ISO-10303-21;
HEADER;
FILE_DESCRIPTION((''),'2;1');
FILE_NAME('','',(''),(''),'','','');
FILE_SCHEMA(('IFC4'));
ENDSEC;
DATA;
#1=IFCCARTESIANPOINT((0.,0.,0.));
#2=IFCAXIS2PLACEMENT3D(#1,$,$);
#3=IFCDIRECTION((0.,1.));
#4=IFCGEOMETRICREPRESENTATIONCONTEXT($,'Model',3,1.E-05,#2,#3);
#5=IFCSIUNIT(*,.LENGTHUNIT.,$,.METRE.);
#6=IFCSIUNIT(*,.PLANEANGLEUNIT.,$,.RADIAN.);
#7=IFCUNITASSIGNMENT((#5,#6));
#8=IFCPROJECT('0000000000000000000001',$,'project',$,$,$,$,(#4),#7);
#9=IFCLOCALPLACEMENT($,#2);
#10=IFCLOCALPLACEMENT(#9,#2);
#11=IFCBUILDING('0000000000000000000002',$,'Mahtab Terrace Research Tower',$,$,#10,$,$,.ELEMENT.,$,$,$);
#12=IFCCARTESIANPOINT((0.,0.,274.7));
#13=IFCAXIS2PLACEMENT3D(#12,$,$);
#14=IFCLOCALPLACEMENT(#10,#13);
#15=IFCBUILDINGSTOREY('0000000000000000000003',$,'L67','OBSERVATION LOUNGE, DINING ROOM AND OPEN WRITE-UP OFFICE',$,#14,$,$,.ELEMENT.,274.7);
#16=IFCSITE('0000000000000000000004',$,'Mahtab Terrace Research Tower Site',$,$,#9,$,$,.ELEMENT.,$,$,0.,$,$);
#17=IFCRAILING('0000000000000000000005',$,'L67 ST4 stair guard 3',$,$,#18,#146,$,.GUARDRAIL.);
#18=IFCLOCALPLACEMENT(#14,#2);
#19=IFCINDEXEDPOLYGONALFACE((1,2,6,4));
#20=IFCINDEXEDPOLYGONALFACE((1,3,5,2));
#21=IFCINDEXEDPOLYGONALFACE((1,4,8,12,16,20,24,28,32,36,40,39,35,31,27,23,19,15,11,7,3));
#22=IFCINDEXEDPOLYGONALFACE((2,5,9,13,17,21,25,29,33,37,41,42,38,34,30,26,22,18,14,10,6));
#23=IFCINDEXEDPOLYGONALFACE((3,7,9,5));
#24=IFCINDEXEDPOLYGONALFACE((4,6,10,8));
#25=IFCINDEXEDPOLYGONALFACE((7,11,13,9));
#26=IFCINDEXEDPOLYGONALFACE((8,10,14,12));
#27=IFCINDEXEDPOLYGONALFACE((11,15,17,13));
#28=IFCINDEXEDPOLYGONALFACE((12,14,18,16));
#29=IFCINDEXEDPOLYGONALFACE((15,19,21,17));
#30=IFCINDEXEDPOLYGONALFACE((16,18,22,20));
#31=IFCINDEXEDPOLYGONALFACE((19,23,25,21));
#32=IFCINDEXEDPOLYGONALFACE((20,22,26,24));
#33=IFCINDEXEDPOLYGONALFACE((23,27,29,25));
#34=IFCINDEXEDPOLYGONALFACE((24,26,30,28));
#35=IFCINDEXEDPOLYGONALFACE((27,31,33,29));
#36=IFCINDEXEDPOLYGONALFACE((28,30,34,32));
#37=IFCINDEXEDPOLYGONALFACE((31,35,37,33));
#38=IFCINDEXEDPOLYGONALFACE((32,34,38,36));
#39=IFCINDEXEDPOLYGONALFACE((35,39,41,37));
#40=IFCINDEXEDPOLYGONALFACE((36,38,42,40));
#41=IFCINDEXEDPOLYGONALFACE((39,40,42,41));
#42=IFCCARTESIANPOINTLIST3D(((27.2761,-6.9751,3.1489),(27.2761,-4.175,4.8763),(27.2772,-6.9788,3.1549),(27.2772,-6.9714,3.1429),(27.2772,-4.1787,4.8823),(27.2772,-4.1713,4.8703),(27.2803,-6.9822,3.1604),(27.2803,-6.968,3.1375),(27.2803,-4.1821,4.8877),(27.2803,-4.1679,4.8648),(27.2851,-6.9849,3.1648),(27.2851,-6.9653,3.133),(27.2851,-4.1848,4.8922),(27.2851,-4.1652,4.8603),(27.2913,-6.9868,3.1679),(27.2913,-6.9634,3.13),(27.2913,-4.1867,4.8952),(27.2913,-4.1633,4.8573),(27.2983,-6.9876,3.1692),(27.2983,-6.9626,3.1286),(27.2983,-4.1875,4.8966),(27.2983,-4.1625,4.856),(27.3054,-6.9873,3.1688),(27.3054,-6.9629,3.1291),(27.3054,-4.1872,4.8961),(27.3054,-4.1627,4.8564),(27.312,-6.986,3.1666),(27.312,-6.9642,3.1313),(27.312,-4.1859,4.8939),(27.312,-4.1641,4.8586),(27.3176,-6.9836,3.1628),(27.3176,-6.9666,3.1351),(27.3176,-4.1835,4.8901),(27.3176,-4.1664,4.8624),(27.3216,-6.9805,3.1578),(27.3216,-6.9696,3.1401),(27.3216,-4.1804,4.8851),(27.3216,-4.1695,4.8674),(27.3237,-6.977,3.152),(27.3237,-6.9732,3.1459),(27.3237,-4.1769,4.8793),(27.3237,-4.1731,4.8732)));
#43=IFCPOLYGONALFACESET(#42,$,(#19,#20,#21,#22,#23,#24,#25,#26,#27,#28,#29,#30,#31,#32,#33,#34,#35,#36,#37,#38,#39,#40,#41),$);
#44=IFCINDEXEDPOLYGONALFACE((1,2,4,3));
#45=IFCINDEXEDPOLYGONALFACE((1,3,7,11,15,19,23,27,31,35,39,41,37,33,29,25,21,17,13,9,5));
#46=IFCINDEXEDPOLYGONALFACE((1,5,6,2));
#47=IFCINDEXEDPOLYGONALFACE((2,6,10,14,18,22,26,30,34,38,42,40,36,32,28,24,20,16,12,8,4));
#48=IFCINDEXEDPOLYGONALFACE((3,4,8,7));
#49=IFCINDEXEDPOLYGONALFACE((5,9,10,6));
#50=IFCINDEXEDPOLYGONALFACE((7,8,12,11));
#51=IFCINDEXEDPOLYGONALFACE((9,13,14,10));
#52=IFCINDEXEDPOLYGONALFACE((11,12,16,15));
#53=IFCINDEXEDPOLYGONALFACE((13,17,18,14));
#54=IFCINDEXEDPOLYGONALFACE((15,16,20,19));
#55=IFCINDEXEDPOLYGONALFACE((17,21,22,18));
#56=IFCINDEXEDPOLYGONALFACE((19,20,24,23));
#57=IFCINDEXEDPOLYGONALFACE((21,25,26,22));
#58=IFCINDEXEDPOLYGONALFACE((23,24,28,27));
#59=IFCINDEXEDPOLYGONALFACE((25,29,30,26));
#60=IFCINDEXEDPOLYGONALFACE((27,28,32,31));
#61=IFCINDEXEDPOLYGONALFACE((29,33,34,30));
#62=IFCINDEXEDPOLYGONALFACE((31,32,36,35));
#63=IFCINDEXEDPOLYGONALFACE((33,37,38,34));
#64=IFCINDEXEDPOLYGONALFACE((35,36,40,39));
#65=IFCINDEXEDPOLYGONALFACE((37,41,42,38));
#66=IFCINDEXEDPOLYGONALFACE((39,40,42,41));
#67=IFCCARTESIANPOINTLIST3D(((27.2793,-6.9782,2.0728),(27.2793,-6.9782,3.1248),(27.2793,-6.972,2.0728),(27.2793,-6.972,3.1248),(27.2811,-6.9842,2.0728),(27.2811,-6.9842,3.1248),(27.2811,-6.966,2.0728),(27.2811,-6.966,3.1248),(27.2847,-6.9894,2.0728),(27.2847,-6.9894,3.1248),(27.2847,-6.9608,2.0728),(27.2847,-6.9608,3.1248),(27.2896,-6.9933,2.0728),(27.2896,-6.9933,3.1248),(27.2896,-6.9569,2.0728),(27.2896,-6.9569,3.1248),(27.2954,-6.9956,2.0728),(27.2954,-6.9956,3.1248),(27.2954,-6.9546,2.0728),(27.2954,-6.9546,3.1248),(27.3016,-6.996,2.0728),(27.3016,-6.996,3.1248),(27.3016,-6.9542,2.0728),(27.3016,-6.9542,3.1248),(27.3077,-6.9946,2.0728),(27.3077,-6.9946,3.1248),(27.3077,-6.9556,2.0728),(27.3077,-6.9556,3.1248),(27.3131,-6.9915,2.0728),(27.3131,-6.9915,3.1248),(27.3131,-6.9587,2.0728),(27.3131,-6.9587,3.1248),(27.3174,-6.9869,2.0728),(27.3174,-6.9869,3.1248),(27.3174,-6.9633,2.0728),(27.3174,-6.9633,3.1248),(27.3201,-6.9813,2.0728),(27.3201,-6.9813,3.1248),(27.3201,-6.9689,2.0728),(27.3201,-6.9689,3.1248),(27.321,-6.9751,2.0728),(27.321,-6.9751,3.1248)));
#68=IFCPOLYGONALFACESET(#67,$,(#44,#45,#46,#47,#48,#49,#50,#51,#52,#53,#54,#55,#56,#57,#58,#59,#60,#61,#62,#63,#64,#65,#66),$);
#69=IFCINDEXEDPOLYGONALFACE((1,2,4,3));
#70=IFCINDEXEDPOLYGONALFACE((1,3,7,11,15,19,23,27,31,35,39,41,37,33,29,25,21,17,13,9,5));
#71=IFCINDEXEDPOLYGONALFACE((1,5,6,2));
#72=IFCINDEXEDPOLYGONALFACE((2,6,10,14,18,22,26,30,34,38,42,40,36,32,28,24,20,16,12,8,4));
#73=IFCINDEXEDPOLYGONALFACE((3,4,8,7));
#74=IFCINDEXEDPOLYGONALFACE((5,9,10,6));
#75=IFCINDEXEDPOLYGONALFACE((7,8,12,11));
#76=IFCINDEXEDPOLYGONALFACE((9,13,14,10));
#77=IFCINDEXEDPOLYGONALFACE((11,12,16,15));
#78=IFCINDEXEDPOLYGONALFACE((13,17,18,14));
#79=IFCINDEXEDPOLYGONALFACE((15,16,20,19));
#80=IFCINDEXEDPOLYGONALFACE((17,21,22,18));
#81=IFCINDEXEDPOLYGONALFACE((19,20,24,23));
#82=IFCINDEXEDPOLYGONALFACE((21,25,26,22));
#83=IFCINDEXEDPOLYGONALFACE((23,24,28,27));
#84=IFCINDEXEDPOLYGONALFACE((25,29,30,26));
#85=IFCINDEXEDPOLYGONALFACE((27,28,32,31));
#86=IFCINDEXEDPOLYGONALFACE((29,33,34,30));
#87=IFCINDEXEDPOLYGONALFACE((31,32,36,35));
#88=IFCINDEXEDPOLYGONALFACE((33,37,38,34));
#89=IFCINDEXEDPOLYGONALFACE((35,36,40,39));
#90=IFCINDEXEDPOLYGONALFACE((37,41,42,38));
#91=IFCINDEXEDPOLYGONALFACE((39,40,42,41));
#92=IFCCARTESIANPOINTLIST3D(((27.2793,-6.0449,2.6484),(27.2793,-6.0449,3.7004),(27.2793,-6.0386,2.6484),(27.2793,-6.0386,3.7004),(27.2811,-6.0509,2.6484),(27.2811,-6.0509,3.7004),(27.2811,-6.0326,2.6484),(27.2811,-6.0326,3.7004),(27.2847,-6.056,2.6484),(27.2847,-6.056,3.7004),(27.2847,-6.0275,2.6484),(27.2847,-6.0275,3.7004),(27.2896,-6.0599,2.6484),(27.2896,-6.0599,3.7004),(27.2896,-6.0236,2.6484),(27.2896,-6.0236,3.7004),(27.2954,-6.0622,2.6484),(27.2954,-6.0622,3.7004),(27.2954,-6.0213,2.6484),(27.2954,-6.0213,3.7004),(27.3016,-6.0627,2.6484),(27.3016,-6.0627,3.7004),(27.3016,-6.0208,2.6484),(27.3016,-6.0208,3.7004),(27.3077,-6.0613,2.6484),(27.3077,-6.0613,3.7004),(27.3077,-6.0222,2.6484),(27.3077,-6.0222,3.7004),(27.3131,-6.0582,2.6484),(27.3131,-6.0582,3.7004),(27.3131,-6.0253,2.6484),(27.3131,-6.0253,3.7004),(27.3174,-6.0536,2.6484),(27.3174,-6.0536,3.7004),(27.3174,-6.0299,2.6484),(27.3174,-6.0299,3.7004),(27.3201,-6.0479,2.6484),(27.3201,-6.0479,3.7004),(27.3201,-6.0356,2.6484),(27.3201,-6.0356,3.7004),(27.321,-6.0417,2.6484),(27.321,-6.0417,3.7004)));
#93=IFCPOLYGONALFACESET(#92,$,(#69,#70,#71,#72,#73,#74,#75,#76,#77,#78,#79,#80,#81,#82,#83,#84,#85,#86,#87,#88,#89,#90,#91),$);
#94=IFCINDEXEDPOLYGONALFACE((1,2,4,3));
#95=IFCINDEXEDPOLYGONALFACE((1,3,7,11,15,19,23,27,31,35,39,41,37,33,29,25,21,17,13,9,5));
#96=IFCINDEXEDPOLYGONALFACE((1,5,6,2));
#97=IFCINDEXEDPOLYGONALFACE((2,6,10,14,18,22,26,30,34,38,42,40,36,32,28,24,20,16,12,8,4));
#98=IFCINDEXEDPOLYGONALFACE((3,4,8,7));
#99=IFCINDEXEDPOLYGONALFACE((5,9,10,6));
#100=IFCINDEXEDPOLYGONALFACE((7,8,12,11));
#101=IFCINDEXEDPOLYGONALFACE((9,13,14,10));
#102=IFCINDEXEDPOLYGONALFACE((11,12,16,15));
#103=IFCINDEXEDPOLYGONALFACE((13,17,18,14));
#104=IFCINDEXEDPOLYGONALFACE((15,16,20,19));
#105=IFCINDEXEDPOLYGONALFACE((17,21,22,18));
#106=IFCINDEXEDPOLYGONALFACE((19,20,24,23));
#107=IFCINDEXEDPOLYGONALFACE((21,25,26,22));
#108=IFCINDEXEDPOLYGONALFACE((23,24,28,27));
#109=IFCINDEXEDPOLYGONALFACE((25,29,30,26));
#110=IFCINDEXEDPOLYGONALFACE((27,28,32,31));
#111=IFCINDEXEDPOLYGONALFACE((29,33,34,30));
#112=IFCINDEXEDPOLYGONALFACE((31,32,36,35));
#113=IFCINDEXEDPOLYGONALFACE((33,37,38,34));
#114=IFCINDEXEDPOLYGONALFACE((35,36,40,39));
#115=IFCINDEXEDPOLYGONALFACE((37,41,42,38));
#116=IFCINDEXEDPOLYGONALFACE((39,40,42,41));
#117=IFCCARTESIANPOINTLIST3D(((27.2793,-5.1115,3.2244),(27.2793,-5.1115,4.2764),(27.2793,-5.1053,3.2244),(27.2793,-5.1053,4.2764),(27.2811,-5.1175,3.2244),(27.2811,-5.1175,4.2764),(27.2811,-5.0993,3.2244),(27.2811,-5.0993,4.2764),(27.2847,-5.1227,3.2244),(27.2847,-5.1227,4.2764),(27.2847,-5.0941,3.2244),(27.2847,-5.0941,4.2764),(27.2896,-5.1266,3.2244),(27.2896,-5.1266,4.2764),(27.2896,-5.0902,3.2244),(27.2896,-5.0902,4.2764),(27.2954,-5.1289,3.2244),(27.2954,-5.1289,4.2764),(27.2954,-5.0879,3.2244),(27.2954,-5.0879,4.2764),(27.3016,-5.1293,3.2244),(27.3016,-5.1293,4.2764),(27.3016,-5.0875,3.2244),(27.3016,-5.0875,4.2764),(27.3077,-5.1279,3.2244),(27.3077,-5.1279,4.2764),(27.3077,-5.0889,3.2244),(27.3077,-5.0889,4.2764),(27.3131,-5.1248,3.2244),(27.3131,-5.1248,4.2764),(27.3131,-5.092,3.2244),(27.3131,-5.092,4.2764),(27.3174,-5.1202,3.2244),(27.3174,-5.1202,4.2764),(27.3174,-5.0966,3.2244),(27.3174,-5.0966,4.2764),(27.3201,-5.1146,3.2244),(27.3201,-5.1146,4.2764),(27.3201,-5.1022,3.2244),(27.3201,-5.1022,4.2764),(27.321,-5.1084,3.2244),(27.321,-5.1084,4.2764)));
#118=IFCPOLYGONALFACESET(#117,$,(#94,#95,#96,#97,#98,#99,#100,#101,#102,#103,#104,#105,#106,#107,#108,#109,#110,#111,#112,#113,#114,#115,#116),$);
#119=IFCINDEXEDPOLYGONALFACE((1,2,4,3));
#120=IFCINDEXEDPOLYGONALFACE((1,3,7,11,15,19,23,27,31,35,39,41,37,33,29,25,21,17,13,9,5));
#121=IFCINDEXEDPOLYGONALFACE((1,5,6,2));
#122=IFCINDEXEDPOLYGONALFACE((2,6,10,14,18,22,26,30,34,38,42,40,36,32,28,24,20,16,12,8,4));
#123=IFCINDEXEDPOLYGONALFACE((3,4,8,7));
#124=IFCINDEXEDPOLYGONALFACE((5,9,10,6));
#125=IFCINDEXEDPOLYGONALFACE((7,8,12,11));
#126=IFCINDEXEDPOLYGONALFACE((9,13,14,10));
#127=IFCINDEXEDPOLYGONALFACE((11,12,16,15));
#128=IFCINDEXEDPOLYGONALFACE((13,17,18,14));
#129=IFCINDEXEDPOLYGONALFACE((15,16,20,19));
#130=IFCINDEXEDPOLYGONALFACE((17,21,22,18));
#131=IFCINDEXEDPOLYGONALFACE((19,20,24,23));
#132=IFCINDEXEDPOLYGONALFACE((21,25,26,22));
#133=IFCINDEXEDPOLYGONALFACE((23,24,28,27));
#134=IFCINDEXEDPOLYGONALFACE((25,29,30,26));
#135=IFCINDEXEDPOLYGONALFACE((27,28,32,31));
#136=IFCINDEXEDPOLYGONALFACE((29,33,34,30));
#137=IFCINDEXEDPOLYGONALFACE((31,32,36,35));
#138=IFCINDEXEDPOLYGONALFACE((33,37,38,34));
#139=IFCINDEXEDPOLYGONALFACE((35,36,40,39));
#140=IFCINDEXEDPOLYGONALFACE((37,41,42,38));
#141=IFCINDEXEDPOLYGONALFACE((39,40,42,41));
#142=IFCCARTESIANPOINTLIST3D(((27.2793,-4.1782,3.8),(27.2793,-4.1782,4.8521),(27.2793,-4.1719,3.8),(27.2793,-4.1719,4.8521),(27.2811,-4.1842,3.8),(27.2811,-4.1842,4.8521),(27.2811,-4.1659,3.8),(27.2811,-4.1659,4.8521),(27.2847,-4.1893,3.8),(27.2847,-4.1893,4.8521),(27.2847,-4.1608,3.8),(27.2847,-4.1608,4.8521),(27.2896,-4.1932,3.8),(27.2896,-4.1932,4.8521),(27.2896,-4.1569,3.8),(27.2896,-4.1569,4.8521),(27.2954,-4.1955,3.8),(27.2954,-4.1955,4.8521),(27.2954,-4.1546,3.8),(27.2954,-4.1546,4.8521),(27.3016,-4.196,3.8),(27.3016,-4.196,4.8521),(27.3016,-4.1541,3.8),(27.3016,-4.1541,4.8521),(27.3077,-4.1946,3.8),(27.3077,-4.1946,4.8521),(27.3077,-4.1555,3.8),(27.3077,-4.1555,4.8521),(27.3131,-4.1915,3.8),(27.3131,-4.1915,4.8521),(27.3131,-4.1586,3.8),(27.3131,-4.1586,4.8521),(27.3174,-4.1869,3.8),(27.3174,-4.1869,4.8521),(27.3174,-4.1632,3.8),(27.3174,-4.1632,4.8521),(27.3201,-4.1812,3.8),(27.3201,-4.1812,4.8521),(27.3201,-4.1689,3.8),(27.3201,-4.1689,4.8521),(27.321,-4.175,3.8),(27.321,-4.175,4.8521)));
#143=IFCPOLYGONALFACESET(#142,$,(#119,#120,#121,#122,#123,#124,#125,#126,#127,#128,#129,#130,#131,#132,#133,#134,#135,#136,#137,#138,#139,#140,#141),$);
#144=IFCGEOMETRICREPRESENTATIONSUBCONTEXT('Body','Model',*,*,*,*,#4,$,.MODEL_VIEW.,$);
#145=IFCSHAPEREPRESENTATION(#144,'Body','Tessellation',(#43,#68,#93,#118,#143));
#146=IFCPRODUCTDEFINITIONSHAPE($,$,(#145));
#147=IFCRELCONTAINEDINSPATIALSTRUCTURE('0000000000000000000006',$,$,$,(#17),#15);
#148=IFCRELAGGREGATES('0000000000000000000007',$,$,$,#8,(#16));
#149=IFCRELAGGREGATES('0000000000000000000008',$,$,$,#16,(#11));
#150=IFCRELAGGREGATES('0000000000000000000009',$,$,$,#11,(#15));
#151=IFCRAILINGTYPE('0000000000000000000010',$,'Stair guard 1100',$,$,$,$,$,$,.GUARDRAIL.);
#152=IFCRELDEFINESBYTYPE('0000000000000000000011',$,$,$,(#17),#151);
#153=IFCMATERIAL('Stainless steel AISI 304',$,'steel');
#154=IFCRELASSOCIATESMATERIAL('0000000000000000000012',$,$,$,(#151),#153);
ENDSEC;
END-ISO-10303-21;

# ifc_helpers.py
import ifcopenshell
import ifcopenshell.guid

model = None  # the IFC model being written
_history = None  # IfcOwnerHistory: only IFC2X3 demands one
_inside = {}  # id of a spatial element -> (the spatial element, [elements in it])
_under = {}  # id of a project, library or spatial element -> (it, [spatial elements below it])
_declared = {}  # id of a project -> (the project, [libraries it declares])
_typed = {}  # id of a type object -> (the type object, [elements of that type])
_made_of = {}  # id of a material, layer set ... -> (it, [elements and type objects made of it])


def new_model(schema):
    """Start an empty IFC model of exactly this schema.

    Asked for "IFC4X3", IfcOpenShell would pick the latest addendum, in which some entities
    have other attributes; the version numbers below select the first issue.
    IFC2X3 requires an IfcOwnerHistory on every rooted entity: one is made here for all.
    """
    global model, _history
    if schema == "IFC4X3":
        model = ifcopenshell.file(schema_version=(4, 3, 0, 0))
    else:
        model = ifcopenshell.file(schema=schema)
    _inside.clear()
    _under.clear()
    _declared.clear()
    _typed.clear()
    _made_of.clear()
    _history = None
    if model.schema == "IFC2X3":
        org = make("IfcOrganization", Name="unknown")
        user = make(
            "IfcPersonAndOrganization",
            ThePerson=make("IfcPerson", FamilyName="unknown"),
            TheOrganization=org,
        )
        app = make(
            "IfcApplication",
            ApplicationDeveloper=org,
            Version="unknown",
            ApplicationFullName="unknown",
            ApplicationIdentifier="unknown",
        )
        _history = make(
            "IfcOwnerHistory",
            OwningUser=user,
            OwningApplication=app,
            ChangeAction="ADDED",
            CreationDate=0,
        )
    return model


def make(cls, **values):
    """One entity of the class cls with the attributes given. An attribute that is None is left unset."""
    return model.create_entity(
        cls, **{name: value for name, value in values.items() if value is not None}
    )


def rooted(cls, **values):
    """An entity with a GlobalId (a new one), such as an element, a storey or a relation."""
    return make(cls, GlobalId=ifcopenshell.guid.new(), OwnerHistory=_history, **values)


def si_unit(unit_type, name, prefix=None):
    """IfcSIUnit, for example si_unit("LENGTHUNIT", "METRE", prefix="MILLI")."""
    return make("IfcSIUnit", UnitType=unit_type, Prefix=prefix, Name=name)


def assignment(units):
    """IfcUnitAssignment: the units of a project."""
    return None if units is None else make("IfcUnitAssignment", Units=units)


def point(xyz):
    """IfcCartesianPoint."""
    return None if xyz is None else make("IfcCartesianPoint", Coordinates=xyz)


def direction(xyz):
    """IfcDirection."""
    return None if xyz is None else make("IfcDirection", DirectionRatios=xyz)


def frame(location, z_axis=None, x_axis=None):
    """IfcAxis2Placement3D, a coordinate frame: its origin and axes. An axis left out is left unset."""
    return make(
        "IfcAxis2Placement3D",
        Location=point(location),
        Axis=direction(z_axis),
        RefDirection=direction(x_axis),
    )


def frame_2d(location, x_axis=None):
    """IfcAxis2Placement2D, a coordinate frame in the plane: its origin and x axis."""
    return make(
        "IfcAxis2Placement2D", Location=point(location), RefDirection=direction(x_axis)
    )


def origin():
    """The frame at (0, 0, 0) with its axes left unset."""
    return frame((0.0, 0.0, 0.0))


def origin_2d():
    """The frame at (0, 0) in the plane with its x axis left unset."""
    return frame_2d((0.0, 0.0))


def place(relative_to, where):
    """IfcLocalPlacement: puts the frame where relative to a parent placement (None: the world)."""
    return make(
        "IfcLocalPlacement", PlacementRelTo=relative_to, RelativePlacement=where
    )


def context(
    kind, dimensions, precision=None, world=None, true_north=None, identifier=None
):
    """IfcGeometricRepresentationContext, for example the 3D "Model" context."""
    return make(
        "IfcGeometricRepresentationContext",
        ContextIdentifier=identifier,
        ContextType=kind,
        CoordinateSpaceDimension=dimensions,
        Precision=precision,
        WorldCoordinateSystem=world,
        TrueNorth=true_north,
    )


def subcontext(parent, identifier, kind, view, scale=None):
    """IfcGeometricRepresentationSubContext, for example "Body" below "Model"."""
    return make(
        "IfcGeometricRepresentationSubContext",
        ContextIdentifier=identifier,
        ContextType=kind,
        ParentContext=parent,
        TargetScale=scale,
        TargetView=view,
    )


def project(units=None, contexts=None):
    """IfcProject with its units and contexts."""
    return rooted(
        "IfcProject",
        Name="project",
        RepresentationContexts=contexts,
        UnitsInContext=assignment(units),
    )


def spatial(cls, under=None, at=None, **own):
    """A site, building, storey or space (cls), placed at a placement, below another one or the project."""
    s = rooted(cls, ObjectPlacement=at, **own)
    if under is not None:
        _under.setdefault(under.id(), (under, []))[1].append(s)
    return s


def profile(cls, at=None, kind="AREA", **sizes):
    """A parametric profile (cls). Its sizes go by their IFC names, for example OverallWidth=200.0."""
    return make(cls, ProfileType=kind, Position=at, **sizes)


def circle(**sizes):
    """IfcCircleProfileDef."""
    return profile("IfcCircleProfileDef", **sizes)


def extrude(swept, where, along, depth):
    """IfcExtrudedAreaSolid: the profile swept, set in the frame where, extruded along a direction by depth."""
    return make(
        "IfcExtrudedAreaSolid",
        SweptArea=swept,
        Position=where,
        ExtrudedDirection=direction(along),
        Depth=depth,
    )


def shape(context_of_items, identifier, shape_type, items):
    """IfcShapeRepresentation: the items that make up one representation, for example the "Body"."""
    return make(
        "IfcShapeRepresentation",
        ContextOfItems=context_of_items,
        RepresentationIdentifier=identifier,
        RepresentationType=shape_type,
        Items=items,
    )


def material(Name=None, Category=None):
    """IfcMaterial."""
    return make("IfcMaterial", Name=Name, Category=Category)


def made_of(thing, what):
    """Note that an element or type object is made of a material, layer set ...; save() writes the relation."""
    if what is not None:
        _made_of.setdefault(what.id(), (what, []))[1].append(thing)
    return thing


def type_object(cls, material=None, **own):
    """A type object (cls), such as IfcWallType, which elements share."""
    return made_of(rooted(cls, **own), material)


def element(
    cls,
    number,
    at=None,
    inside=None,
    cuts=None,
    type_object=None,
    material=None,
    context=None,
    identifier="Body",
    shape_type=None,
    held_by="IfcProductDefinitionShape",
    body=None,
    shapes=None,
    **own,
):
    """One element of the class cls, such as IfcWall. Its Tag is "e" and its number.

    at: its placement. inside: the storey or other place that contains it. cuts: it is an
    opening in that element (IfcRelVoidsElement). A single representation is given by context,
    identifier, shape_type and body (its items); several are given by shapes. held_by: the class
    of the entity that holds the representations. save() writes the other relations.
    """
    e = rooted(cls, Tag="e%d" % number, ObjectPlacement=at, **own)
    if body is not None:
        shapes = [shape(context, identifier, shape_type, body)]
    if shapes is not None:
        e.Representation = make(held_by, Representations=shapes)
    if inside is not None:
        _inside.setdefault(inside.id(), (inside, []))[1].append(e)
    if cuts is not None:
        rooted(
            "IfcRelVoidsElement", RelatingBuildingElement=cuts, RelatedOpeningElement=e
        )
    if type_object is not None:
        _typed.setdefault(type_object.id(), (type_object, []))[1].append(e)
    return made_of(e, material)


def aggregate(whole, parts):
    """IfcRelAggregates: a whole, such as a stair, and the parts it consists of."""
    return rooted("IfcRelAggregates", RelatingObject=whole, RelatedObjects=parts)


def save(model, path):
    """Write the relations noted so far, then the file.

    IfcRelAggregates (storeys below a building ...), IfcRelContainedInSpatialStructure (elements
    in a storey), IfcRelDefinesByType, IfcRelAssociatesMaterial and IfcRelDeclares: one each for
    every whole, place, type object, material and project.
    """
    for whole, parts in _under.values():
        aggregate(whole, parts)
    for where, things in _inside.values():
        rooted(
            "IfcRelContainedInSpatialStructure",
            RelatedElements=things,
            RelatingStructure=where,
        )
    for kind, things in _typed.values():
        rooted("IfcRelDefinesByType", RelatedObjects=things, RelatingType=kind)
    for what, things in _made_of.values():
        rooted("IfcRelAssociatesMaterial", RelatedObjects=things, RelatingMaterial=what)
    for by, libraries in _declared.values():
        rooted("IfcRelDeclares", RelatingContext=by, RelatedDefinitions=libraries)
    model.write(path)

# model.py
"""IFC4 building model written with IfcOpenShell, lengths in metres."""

from ifc_helpers import new_model, si_unit, direction, frame, origin, origin_2d, place, context, subcontext, project, spatial, circle, extrude, material, type_object, element, save


model = new_model("IFC4")

# Units and contexts
model_context = context("Model", 3, precision=1e-05, world=origin(), true_north=direction((0.0, 1.0)))
body_context = subcontext(model_context, "Body", "Model", "MODEL_VIEW")
ifc_project = project(units=[si_unit("LENGTHUNIT", "METRE"), si_unit("PLANEANGLEUNIT", "RADIAN")], contexts=[model_context])

# Site, building, storey
site_placement = place(None, origin())
site = spatial("IfcSite", under=ifc_project, at=site_placement, Name="Mahtab Terrace Research Tower Site", CompositionType="ELEMENT", RefElevation=0.0)
building_placement = place(site_placement, origin())
building = spatial("IfcBuilding", under=site, at=building_placement, Name="Mahtab Terrace Research Tower", CompositionType="ELEMENT")
storey_placement = place(building_placement, frame((0.0, 0.0, 274.7)))
storey = spatial("IfcBuildingStorey", under=building, at=storey_placement, Name="L67", Description="OBSERVATION LOUNGE, DINING ROOM AND OPEN WRITE-UP OFFICE", CompositionType="ELEMENT", Elevation=274.7)

# Railing
ifc_material_1 = material(Name="Stainless steel AISI 304", Category="steel")
railing_type_1 = type_object("IfcRailingType", Name="Stair guard 1100", PredefinedType="GUARDRAIL", material=ifc_material_1)
railing_1_placement = place(storey_placement, frame((27.3, -6.9751, 2.0728)))
element("IfcRailing", 1, at=railing_1_placement, inside=storey, type_object=railing_type_1, Name="L67 ST4 stair guard 3", PredefinedType="GUARDRAIL", context=body_context, shape_type="SweptSolid", body=[
    extrude(circle(Radius=0.0239, at=origin_2d()), frame((0.0, 0.0, 1.0762), z_axis=(0.0, 0.85109, 0.52502), x_axis=(-1.0, 0.0, 0.0)), (0.0, 0.0, 1.0), 3.29),
    extrude(circle(Radius=0.021, at=origin_2d()), origin(), (0.0, 0.0, 1.0), 1.052),
    extrude(circle(Radius=0.021, at=origin_2d()), frame((0.0, 0.9333, 0.5757)), (0.0, 0.0, 1.0), 1.052),
    extrude(circle(Radius=0.021, at=origin_2d()), frame((0.0, 1.8667, 1.1516)), (0.0, 0.0, 1.0), 1.052),
    extrude(circle(Radius=0.021, at=origin_2d()), frame((0.0, 2.8, 1.7273)), (0.0, 0.0, 1.0), 1.052),
])

save(model, "model.ifc")
